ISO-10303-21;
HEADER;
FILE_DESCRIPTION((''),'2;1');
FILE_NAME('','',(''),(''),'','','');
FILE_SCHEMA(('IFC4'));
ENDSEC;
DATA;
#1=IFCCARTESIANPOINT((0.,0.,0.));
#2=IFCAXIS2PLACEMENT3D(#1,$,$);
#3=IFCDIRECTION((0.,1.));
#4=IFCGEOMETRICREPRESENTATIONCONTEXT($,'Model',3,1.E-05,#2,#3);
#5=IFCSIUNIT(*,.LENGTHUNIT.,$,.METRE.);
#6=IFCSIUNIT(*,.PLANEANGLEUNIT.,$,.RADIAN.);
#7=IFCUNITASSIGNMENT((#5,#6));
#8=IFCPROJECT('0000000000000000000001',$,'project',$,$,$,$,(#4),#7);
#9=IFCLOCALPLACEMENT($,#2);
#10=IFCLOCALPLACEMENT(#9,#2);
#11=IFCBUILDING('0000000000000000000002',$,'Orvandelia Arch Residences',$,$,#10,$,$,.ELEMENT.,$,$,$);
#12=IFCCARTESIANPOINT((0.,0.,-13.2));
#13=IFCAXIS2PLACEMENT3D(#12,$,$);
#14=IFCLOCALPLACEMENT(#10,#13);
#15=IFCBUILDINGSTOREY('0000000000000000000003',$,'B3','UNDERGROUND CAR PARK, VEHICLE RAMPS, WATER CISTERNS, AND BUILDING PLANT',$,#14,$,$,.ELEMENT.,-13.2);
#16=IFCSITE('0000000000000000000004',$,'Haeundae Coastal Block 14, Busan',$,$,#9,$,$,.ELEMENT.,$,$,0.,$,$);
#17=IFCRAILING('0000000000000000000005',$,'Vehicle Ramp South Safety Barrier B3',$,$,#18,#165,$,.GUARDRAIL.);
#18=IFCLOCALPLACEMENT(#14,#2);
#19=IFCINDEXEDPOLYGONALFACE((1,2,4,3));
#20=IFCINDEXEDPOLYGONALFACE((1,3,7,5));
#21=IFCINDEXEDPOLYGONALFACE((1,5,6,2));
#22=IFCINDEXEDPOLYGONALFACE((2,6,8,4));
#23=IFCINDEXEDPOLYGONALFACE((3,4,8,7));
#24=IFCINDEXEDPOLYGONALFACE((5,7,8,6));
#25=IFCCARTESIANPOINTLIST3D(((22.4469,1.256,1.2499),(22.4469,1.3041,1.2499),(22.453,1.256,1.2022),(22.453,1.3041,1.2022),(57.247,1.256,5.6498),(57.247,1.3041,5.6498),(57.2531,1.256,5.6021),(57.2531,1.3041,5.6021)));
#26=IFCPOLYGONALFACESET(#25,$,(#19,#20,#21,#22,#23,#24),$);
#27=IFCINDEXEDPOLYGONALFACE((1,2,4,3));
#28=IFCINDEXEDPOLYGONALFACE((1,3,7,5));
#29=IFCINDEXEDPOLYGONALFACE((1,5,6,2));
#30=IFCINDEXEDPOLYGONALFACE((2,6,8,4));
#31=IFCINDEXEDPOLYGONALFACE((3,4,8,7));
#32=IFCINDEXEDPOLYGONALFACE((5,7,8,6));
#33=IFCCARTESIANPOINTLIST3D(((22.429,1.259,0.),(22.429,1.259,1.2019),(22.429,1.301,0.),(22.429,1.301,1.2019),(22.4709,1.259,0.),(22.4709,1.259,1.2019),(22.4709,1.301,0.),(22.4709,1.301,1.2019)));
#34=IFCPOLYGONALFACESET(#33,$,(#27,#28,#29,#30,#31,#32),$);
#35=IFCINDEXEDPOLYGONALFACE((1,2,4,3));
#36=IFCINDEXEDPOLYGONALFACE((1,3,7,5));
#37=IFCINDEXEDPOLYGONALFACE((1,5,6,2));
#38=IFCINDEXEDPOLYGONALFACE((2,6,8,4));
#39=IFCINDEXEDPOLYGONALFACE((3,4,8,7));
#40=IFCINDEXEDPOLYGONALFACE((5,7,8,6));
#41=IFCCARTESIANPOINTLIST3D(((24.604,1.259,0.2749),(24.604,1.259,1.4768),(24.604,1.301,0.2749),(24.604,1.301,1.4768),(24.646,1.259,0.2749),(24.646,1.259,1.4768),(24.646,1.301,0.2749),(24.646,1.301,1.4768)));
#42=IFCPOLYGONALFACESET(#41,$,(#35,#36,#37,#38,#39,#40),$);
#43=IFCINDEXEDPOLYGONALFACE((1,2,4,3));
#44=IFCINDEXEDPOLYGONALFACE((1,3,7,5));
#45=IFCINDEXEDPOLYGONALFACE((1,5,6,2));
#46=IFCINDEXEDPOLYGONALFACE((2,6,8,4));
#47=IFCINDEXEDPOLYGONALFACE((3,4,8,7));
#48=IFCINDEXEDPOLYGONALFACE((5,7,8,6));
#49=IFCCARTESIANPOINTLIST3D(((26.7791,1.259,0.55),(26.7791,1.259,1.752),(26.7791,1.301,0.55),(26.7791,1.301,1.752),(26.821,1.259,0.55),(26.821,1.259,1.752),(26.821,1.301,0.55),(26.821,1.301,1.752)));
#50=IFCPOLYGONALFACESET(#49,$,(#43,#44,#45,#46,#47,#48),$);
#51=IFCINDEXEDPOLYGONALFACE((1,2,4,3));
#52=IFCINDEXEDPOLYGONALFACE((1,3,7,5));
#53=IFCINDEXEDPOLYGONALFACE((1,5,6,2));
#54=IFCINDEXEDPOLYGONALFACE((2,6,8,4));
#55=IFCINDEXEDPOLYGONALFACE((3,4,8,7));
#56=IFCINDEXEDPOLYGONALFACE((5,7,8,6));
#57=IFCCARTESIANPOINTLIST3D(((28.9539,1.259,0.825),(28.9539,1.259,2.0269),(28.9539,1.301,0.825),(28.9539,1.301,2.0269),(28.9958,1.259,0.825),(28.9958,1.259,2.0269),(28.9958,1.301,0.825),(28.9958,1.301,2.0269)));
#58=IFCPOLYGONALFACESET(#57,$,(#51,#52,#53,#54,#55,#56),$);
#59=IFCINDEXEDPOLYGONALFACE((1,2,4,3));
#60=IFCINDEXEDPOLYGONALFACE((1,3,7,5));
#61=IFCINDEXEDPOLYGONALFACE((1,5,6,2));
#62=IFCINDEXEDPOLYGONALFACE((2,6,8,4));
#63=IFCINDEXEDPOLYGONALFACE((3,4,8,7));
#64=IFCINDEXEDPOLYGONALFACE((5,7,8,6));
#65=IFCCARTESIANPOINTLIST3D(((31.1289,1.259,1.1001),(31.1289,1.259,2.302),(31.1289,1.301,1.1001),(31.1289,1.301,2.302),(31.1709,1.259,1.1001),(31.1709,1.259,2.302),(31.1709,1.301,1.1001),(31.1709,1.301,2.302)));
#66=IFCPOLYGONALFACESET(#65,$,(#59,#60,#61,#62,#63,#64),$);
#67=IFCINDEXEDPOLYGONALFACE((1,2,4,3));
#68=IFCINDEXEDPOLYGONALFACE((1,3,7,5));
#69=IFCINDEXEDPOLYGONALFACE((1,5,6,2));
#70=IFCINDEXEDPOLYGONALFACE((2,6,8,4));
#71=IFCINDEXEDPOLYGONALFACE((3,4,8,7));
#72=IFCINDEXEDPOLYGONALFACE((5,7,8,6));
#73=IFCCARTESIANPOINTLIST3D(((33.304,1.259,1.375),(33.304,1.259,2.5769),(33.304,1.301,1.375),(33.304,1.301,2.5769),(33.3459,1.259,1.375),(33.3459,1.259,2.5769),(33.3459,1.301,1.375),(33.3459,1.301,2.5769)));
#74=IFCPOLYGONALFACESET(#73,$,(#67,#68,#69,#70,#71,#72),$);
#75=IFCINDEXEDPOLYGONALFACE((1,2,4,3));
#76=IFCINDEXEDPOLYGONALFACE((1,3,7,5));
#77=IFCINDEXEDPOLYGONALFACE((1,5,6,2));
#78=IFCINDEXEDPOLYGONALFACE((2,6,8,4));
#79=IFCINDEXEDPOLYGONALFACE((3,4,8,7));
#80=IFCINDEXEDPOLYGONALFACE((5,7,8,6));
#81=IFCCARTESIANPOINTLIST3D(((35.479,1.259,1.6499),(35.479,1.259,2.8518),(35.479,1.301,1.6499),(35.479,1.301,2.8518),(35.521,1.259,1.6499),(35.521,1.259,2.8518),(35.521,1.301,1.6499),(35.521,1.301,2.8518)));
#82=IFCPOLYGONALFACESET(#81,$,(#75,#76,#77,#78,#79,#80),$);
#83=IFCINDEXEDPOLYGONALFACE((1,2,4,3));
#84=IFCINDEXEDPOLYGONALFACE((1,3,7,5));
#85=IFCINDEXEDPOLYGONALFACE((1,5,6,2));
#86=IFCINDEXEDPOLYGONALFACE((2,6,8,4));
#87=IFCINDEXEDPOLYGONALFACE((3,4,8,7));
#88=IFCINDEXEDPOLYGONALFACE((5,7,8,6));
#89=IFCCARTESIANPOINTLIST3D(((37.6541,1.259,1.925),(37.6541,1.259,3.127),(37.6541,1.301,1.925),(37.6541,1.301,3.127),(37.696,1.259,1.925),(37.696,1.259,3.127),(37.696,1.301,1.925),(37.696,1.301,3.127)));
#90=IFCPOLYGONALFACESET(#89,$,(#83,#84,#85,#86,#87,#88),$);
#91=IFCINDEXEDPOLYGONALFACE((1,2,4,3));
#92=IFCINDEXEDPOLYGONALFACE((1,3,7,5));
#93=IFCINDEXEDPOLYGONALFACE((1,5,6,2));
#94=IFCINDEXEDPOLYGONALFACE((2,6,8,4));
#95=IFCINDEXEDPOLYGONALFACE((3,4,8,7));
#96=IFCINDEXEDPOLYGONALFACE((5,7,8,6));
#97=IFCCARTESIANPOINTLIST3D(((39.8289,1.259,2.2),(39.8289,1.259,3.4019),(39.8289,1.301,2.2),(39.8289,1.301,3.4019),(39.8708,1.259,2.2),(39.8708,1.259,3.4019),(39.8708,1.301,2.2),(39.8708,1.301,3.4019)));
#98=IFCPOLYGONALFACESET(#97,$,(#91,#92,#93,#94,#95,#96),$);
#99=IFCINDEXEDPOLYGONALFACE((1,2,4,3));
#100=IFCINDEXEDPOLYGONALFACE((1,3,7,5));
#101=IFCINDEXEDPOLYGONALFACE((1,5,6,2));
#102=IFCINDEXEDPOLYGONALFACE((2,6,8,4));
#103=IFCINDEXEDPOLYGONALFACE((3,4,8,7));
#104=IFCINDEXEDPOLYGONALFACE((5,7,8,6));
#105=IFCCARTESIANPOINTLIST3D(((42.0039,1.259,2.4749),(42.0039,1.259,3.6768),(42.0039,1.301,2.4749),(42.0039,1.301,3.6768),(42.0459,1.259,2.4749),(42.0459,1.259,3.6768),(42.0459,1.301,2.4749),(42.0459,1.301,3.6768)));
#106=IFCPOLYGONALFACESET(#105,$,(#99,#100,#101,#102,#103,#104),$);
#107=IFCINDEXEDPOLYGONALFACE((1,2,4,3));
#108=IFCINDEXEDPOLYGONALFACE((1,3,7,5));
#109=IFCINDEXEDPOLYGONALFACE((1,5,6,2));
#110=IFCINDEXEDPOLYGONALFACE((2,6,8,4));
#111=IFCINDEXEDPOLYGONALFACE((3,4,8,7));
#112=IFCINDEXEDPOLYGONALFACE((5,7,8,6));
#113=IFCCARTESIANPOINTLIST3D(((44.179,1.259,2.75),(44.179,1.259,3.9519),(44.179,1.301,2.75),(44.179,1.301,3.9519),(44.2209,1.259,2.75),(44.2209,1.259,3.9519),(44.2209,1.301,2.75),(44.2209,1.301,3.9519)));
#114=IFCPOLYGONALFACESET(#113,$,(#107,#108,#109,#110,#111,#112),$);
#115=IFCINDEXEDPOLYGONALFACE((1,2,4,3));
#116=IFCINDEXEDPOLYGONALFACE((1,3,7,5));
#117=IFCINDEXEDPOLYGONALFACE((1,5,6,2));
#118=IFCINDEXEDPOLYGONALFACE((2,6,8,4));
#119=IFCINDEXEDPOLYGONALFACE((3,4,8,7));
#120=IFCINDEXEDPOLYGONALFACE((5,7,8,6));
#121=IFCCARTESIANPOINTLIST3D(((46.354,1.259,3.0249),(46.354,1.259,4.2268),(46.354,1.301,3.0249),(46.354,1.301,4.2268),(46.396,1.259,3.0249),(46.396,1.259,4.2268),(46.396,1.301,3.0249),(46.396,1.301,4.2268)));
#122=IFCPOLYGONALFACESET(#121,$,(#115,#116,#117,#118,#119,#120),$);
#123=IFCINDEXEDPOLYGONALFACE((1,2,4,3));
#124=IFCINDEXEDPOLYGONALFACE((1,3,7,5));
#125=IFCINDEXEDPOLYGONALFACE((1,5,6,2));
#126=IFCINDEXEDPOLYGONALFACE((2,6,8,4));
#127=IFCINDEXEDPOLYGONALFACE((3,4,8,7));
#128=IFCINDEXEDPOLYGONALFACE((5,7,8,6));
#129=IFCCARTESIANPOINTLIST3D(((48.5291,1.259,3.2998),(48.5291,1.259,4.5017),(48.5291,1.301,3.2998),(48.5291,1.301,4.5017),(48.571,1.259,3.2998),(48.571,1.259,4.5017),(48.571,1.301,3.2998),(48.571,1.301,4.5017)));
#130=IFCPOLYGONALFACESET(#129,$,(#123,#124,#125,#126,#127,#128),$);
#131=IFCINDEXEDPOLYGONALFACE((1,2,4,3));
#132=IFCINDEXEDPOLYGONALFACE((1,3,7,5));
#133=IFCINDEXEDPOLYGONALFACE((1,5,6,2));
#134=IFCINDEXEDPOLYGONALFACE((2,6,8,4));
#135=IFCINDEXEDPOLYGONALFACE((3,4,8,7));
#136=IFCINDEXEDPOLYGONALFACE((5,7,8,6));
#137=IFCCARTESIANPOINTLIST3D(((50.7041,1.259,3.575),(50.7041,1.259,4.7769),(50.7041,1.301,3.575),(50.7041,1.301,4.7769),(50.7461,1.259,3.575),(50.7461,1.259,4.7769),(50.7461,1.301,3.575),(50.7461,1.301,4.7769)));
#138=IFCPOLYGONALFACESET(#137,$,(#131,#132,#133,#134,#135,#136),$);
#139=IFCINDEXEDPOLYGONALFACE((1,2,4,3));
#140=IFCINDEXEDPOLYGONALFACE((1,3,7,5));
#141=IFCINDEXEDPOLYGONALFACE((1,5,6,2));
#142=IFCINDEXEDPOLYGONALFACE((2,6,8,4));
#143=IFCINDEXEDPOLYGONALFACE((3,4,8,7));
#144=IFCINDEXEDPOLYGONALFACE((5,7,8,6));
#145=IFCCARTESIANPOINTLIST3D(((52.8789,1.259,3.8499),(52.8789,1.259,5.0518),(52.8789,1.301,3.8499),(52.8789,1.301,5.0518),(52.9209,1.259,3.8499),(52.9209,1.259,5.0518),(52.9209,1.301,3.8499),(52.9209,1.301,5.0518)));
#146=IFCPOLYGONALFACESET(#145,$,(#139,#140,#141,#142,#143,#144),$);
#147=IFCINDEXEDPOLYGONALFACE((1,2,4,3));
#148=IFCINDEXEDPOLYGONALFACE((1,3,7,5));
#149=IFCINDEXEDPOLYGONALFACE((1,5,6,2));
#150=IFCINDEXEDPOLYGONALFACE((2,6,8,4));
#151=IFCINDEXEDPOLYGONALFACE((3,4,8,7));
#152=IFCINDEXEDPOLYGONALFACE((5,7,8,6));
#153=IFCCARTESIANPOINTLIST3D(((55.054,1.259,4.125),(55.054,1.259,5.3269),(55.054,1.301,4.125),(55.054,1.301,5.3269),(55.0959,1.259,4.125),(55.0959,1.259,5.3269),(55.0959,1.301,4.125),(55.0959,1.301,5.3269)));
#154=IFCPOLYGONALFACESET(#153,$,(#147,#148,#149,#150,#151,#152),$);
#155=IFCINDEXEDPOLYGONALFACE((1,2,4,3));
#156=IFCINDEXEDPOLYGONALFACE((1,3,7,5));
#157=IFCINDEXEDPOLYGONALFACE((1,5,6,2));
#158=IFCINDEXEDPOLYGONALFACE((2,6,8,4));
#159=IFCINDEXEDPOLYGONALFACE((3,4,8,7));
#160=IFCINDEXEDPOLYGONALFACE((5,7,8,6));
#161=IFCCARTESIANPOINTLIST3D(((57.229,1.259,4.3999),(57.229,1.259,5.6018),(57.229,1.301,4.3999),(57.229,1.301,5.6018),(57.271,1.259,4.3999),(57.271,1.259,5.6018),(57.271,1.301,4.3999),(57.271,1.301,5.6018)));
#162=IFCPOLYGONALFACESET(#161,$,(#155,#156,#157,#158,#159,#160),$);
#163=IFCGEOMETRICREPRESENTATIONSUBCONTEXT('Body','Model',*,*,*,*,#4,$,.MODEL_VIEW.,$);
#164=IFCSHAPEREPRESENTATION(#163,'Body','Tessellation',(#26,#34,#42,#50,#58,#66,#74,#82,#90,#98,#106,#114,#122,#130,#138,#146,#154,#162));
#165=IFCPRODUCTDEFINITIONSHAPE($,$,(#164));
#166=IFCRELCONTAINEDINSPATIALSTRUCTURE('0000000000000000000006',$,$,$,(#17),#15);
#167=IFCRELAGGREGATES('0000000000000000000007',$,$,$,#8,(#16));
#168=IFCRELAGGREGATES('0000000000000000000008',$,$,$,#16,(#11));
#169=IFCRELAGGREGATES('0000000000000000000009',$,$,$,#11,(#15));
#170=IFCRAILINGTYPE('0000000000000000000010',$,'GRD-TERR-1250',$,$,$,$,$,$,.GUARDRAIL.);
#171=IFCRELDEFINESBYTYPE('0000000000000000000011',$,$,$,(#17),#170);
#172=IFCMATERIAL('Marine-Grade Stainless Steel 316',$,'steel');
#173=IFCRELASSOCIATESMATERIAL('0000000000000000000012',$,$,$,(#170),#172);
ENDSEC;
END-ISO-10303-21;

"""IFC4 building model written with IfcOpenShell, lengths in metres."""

from ifc_helpers import new_model, si_unit, direction, frame, origin, origin_2d, place, context, subcontext, project, spatial, rectangle, extrude, material, type_object, element, save


model = new_model("IFC4")

# Units and contexts
model_context = context("Model", 3, precision=1e-05, world=origin(), true_north=direction((0.0, 1.0)))
body_context = subcontext(model_context, "Body", "Model", "MODEL_VIEW")
ifc_project = project(units=[si_unit("LENGTHUNIT", "METRE"), si_unit("PLANEANGLEUNIT", "RADIAN")], contexts=[model_context])

# Site, building, storey
site_placement = place(None, origin())
site = spatial("IfcSite", under=ifc_project, at=site_placement, Name="Haeundae Coastal Block 14, Busan", CompositionType="ELEMENT", RefElevation=0.0)
building_placement = place(site_placement, origin())
building = spatial("IfcBuilding", under=site, at=building_placement, Name="Orvandelia Arch Residences", CompositionType="ELEMENT")
storey_placement = place(building_placement, frame((0.0, 0.0, -13.2)))
storey = spatial("IfcBuildingStorey", under=building, at=storey_placement, Name="B3", Description="UNDERGROUND CAR PARK, VEHICLE RAMPS, WATER CISTERNS, AND BUILDING PLANT", CompositionType="ELEMENT", Elevation=-13.2)

# Railing
ifc_material_1 = material(Name="Marine-Grade Stainless Steel 316", Category="steel")
railing_type = type_object("IfcRailingType", Name="GRD-TERR-1250", PredefinedType="GUARDRAIL", material=ifc_material_1)
railing_1_placement = place(storey_placement, frame((22.45, 1.28, 0.0)))
element("IfcRailing", 1, at=railing_1_placement, inside=storey, type_object=railing_type, Name="Vehicle Ramp South Safety Barrier B3", PredefinedType="GUARDRAIL", context=body_context, shape_type="SweptSolid", body=[
    extrude(rectangle(XDim=0.0481, YDim=0.0481, at=origin_2d()), frame((0.0, 0.0, 1.2261), z_axis=(0.992102, 0.0, 0.125435), x_axis=(0.0, 1.0, 0.0)), (0.0, 0.0, 1.0), 35.0771),
    extrude(rectangle(XDim=0.042, YDim=0.042, at=origin_2d()), origin(), (0.0, 0.0, 1.0), 1.2019),
    extrude(rectangle(XDim=0.042, YDim=0.042, at=origin_2d()), frame((2.175, 0.0, 0.2749)), (0.0, 0.0, 1.0), 1.2019),
    extrude(rectangle(XDim=0.042, YDim=0.042, at=origin_2d()), frame((4.3501, 0.0, 0.55)), (0.0, 0.0, 1.0), 1.2019),
    extrude(rectangle(XDim=0.042, YDim=0.042, at=origin_2d()), frame((6.5249, 0.0, 0.825)), (0.0, 0.0, 1.0), 1.2019),
    extrude(rectangle(XDim=0.042, YDim=0.042, at=origin_2d()), frame((8.7, 0.0, 1.1001)), (0.0, 0.0, 1.0), 1.2019),
    extrude(rectangle(XDim=0.042, YDim=0.042, at=origin_2d()), frame((10.875, 0.0, 1.375)), (0.0, 0.0, 1.0), 1.2019),
    extrude(rectangle(XDim=0.042, YDim=0.042, at=origin_2d()), frame((13.05, 0.0, 1.6499)), (0.0, 0.0, 1.0), 1.2019),
    extrude(rectangle(XDim=0.042, YDim=0.042, at=origin_2d()), frame((15.2251, 0.0, 1.925)), (0.0, 0.0, 1.0), 1.2019),
    extrude(rectangle(XDim=0.042, YDim=0.042, at=origin_2d()), frame((17.3999, 0.0, 2.2)), (0.0, 0.0, 1.0), 1.2019),
    extrude(rectangle(XDim=0.042, YDim=0.042, at=origin_2d()), frame((19.575, 0.0, 2.4749)), (0.0, 0.0, 1.0), 1.2019),
    extrude(rectangle(XDim=0.042, YDim=0.042, at=origin_2d()), frame((21.75, 0.0, 2.75)), (0.0, 0.0, 1.0), 1.2019),
    extrude(rectangle(XDim=0.042, YDim=0.042, at=origin_2d()), frame((23.925, 0.0, 3.0249)), (0.0, 0.0, 1.0), 1.2019),
    extrude(rectangle(XDim=0.042, YDim=0.042, at=origin_2d()), frame((26.1001, 0.0, 3.2998)), (0.0, 0.0, 1.0), 1.2019),
    extrude(rectangle(XDim=0.042, YDim=0.042, at=origin_2d()), frame((28.2751, 0.0, 3.575)), (0.0, 0.0, 1.0), 1.2019),
    extrude(rectangle(XDim=0.042, YDim=0.042, at=origin_2d()), frame((30.45, 0.0, 3.8499)), (0.0, 0.0, 1.0), 1.2019),
    extrude(rectangle(XDim=0.042, YDim=0.042, at=origin_2d()), frame((32.625, 0.0, 4.125)), (0.0, 0.0, 1.0), 1.2019),
    extrude(rectangle(XDim=0.042, YDim=0.042, at=origin_2d()), frame((34.8, 0.0, 4.3999)), (0.0, 0.0, 1.0), 1.2019),
])

save(model, "model.ifc")
